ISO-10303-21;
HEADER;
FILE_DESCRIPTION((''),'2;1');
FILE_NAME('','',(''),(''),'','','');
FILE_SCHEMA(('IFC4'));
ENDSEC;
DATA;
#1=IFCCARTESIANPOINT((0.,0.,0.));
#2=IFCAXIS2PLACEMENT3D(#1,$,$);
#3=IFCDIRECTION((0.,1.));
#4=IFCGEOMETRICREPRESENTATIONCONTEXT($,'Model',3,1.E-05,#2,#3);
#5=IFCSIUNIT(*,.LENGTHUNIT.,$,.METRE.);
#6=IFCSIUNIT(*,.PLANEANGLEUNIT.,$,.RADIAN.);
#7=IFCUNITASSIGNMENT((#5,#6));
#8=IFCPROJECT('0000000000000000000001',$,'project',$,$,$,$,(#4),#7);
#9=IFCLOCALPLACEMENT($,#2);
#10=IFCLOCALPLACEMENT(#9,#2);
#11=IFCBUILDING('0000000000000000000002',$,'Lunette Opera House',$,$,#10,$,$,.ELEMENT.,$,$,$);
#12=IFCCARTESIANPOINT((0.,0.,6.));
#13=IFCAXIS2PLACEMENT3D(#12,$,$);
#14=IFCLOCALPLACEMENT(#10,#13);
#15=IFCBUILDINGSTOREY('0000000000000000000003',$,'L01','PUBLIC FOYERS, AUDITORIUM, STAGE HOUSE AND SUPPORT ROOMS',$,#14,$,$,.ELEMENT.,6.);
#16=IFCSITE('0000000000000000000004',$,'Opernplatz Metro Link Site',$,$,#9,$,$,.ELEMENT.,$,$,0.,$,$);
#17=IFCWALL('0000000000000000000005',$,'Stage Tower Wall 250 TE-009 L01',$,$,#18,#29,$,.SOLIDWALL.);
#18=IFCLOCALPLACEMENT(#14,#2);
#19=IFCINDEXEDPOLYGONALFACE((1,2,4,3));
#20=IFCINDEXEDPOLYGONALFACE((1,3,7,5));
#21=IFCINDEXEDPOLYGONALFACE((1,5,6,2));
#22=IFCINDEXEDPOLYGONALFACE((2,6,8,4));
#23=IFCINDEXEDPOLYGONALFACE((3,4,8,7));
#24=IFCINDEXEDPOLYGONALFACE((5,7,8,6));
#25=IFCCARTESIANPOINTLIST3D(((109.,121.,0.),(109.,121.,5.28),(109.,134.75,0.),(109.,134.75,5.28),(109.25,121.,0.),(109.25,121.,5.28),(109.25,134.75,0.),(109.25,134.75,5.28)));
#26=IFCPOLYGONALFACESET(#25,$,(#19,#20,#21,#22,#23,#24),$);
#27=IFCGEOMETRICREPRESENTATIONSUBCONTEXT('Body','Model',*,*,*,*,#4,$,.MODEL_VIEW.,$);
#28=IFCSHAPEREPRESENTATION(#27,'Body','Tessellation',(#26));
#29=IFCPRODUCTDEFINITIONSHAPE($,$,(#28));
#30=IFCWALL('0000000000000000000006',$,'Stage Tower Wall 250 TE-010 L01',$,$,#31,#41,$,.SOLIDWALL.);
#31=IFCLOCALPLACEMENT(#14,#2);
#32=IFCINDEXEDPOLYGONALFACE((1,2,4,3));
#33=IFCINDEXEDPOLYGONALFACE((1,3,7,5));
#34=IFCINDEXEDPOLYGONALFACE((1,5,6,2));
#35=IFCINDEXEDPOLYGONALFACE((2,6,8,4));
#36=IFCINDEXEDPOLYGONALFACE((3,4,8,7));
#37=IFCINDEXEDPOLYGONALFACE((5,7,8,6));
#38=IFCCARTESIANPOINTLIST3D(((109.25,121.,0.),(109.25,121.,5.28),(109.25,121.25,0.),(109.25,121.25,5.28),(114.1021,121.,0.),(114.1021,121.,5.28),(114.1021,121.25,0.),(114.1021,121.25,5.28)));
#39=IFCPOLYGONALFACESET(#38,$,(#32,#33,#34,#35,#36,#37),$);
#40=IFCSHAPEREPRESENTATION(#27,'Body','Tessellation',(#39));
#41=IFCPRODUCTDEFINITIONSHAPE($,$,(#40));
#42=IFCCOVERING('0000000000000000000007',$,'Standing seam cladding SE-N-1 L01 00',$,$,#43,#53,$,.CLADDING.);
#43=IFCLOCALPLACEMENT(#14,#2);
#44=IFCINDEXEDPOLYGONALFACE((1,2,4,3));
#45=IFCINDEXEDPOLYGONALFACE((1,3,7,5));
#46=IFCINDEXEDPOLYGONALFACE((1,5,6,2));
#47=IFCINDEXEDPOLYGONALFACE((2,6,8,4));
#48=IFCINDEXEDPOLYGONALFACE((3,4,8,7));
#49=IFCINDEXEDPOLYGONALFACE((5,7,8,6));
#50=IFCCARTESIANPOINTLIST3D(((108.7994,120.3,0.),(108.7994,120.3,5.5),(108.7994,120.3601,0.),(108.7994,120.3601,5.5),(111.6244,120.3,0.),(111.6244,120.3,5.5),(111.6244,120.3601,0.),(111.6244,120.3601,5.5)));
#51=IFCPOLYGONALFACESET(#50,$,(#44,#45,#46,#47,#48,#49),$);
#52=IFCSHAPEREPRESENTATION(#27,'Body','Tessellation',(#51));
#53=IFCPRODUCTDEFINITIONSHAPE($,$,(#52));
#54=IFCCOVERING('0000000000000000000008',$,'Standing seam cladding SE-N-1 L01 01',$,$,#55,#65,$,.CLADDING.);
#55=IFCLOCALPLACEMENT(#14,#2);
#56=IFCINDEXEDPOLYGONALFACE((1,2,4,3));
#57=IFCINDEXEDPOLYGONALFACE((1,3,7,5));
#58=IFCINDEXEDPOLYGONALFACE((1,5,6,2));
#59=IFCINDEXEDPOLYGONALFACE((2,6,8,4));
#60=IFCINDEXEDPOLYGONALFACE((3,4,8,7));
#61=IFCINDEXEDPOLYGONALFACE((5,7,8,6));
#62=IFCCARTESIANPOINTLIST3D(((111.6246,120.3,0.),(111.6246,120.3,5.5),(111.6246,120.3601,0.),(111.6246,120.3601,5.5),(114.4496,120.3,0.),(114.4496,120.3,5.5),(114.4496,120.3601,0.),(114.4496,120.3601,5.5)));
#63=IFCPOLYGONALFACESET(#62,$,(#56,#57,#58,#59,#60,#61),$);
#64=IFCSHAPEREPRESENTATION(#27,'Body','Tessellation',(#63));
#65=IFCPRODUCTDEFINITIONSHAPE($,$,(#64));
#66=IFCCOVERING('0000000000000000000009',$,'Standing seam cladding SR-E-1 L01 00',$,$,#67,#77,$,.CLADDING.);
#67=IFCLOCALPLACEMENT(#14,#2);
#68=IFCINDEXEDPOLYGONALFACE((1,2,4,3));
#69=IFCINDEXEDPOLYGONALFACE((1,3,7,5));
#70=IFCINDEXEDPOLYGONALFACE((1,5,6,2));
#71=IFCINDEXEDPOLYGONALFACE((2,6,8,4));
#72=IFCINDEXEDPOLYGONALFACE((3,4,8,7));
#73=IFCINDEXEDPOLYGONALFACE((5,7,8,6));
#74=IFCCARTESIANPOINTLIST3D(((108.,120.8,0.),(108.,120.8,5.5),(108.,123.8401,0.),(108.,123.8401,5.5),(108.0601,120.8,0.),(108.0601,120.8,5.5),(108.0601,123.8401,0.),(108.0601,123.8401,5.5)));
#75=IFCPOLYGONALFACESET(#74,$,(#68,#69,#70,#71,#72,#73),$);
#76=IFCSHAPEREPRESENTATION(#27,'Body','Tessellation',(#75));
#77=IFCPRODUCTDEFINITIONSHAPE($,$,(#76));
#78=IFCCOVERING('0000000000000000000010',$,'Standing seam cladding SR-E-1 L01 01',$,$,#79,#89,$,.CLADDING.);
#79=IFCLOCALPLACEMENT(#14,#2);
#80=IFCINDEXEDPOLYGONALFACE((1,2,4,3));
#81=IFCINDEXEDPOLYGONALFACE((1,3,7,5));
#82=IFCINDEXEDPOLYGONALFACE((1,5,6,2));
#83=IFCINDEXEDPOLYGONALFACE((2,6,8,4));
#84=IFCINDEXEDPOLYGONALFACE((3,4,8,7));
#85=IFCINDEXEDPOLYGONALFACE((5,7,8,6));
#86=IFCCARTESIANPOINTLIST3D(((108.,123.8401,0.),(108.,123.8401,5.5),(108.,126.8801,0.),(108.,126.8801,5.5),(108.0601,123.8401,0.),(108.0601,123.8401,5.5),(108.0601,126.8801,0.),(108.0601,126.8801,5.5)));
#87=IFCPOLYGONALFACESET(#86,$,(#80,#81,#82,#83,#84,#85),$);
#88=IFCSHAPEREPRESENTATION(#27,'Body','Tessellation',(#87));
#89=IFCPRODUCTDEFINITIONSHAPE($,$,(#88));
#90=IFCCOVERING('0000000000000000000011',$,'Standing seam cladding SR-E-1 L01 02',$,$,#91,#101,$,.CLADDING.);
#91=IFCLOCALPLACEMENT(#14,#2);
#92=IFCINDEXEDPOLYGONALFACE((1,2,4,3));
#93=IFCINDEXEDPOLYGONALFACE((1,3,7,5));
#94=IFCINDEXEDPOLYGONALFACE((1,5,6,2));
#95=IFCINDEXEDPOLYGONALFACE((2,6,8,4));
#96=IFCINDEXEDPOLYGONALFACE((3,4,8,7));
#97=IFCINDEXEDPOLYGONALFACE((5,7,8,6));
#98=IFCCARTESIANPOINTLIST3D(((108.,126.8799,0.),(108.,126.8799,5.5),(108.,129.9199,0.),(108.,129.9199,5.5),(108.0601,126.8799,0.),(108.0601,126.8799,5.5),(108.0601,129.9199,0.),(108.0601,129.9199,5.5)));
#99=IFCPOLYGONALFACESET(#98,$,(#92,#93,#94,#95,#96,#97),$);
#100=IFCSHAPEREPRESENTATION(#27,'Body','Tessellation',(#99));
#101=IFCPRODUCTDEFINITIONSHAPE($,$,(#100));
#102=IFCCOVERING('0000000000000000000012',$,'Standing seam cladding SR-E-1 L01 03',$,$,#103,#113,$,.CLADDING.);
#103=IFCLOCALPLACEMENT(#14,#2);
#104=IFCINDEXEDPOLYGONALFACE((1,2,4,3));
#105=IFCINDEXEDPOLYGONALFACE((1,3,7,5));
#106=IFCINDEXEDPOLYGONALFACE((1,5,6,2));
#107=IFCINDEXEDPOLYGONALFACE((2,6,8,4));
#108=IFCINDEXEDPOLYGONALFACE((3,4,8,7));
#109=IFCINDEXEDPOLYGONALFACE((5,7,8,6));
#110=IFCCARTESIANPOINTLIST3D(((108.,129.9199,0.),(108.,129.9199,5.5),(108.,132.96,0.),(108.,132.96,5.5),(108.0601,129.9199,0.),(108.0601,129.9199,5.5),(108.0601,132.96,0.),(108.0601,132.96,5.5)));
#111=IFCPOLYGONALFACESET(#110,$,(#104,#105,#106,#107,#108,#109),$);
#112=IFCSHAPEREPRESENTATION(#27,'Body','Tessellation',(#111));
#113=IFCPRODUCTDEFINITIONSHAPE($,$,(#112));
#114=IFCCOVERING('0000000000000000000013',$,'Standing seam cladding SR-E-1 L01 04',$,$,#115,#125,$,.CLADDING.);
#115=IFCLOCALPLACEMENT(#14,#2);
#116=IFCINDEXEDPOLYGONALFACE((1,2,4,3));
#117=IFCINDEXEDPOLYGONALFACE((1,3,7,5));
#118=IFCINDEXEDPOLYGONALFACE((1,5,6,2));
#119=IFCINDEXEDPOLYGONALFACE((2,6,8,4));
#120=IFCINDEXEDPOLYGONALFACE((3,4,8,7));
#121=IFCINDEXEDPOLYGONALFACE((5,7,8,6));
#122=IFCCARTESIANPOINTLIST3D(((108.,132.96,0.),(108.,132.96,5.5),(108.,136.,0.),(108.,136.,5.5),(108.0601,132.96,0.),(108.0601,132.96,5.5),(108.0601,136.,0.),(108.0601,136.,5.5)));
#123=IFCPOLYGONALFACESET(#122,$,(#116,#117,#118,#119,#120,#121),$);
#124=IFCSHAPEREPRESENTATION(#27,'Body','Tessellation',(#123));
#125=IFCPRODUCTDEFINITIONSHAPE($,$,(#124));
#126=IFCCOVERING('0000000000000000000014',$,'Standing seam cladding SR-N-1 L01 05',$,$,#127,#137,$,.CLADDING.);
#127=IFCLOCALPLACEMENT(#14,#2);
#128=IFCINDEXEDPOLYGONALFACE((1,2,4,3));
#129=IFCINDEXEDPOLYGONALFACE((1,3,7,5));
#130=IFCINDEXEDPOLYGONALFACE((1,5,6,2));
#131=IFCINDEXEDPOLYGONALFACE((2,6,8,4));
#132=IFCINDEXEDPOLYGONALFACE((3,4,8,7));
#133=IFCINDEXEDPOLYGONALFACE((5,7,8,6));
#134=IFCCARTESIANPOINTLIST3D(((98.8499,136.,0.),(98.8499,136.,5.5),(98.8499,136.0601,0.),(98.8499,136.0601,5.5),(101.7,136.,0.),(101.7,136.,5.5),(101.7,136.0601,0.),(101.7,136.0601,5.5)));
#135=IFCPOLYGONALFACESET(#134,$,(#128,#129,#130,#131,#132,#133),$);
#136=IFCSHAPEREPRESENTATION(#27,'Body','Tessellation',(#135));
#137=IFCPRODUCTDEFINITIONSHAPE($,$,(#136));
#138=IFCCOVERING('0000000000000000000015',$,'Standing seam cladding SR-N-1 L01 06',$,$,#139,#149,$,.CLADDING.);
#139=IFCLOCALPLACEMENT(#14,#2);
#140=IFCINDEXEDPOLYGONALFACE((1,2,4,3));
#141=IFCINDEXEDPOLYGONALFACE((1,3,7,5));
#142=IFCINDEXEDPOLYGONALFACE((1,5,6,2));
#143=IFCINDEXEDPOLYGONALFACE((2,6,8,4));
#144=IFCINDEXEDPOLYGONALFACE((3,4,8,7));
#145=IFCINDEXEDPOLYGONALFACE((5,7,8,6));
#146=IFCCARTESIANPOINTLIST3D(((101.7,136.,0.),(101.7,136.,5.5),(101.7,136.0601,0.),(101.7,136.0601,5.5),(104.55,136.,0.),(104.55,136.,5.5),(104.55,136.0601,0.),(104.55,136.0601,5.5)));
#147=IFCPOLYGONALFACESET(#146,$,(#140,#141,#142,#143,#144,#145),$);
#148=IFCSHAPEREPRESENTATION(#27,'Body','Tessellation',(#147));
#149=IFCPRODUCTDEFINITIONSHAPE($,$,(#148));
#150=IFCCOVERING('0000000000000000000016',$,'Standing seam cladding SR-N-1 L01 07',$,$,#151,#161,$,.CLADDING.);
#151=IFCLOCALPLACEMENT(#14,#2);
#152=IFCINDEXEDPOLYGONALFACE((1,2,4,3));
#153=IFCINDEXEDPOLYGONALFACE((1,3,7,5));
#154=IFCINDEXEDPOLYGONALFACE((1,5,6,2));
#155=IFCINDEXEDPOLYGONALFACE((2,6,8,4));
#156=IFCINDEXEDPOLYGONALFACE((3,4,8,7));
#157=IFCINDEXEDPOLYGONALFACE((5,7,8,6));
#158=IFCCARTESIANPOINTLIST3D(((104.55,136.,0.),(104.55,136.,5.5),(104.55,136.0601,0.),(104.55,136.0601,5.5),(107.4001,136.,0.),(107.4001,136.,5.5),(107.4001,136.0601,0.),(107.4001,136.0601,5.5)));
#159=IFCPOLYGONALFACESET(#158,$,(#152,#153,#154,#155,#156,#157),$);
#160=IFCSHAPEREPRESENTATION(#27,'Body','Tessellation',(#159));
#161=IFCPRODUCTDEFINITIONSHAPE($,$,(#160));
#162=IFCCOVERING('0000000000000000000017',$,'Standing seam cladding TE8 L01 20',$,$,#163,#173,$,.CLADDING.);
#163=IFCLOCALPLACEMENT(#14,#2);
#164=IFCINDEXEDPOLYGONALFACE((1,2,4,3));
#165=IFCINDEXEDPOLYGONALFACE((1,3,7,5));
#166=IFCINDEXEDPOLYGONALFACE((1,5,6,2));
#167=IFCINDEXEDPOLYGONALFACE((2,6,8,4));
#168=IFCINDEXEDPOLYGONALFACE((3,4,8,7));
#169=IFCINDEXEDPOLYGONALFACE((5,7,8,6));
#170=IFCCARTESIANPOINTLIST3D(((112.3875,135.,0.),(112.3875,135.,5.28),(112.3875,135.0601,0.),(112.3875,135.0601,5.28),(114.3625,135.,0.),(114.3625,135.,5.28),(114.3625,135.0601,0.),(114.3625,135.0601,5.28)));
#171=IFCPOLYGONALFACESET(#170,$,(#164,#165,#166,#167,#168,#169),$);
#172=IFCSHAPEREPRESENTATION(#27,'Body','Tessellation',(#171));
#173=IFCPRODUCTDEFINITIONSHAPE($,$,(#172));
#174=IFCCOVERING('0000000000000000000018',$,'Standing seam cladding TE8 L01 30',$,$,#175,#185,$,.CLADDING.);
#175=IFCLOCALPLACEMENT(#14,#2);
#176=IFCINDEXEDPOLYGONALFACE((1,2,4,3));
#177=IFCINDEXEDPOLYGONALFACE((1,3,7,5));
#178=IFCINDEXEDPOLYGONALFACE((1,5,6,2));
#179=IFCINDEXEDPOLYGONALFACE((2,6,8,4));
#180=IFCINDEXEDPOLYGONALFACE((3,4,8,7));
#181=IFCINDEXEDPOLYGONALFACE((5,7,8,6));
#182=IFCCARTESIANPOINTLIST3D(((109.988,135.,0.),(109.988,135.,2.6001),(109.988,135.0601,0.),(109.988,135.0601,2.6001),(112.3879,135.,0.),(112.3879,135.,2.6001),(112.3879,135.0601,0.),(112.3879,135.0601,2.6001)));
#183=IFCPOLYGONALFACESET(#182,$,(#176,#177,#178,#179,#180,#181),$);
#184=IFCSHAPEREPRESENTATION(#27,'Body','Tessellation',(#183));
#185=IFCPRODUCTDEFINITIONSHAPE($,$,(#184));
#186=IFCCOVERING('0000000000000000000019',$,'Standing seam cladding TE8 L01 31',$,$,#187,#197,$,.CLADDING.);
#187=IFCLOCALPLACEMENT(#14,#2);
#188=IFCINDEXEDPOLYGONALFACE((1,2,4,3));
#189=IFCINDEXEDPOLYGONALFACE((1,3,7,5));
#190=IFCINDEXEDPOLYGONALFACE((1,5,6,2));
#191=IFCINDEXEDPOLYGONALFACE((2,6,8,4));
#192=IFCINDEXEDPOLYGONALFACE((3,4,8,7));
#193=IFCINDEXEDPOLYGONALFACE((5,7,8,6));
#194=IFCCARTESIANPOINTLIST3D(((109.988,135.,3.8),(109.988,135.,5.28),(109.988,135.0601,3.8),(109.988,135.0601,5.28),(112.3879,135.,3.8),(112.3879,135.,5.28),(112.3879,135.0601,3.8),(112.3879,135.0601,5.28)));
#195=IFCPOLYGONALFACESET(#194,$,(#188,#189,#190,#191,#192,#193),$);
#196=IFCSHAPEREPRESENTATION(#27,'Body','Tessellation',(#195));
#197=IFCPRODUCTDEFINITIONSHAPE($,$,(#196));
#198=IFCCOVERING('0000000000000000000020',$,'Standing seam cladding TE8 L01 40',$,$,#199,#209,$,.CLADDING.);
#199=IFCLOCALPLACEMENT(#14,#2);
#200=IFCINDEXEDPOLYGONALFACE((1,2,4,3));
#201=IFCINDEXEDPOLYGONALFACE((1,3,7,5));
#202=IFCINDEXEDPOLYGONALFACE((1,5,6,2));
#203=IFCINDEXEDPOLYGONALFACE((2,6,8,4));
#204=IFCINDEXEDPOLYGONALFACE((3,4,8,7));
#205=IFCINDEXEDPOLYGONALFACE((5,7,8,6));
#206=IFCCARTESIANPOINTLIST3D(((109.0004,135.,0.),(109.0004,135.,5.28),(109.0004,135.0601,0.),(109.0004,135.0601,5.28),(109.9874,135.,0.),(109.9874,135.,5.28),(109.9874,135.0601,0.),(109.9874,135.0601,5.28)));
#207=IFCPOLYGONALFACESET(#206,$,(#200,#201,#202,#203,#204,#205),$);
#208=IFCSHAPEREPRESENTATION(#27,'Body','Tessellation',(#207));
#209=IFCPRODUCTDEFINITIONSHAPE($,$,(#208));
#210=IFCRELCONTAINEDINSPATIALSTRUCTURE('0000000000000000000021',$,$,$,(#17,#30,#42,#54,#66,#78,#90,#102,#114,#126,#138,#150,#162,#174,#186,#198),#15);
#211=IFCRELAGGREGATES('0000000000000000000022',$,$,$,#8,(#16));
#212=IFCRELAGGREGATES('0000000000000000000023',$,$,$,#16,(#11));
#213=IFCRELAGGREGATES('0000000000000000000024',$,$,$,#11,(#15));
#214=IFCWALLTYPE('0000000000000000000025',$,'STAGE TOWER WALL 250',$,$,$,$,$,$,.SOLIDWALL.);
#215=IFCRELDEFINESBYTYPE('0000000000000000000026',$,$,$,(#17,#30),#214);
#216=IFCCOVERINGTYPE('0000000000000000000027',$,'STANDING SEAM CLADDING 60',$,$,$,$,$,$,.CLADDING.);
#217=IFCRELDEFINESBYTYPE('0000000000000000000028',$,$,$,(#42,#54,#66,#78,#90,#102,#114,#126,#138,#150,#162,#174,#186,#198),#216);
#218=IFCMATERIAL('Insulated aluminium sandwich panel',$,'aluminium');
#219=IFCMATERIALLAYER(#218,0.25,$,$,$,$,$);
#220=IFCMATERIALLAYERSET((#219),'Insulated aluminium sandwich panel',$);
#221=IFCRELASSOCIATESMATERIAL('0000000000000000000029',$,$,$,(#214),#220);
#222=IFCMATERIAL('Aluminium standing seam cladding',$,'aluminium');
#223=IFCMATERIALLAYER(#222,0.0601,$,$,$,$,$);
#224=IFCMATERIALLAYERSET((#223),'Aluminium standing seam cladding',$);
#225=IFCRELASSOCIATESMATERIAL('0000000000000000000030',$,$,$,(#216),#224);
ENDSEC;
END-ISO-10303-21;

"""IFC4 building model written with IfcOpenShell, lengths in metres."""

from ifc_helpers import new_model, si_unit, direction, frame, frame_2d, origin, origin_2d, place, context, subcontext, project, spatial, rectangle, extrude, material, layer, layer_set, type_object, element, save


model = new_model("IFC4")

# Units and contexts
model_context = context("Model", 3, precision=1e-05, world=origin(), true_north=direction((0.0, 1.0)))
body_context = subcontext(model_context, "Body", "Model", "MODEL_VIEW")
ifc_project = project(units=[si_unit("LENGTHUNIT", "METRE"), si_unit("PLANEANGLEUNIT", "RADIAN")], contexts=[model_context])

# Site, building, storey
site_placement = place(None, origin())
site = spatial("IfcSite", under=ifc_project, at=site_placement, Name="Opernplatz Metro Link Site", CompositionType="ELEMENT", RefElevation=0.0)
building_placement = place(site_placement, origin())
building = spatial("IfcBuilding", under=site, at=building_placement, Name="Lunette Opera House", CompositionType="ELEMENT")
storey_placement = place(building_placement, frame((0.0, 0.0, 6.0)))
storey = spatial("IfcBuildingStorey", under=building, at=storey_placement, Name="L01", Description="PUBLIC FOYERS, AUDITORIUM, STAGE HOUSE AND SUPPORT ROOMS", CompositionType="ELEMENT", Elevation=6.0)

# Walls
ifc_material_1 = material(Name="Insulated aluminium sandwich panel", Category="aluminium")
ifc_layer_1 = layer(ifc_material_1, 0.25)
ifc_layer_set_1 = layer_set([ifc_layer_1], Name="Insulated aluminium sandwich panel")
wall_type_1 = type_object("IfcWallType", Name="STAGE TOWER WALL 250", PredefinedType="SOLIDWALL", material=ifc_layer_set_1)
wall_1_placement = place(storey_placement, frame((109.125, 134.75, 0.0), z_axis=(0.0, 0.0, 1.0), x_axis=(0.0, -1.0, 0.0)))
element("IfcWall", 1, at=wall_1_placement, inside=storey, type_object=wall_type_1, Name="Stage Tower Wall 250 TE-009 L01", PredefinedType="SOLIDWALL", context=body_context, shape_type="SweptSolid", body=[
    extrude(rectangle(XDim=13.75, YDim=0.25, at=frame_2d((6.875, 0.0))), origin(), (0.0, 0.0, 1.0), 5.28),
])
wall_2_placement = place(storey_placement, frame((109.25, 121.125, 0.0), z_axis=(0.0, 0.0, 1.0), x_axis=(1.0, 0.0, 0.0)))
element("IfcWall", 2, at=wall_2_placement, inside=storey, type_object=wall_type_1, Name="Stage Tower Wall 250 TE-010 L01", PredefinedType="SOLIDWALL", context=body_context, shape_type="SweptSolid", body=[
    extrude(rectangle(XDim=4.8521, YDim=0.25, at=frame_2d((2.426, 0.0))), origin(), (0.0, 0.0, 1.0), 5.28),
])

# Coverings
ifc_material_2 = material(Name="Aluminium standing seam cladding", Category="aluminium")
ifc_layer_2 = layer(ifc_material_2, 0.0601)
ifc_layer_set_2 = layer_set([ifc_layer_2], Name="Aluminium standing seam cladding")
covering_type = type_object("IfcCoveringType", Name="STANDING SEAM CLADDING 60", PredefinedType="CLADDING", material=ifc_layer_set_2)
for number, where, z_axis, x_axis, name in (
    (3, (110.2119, 120.3301, 0.0), (0.0, 0.0, 1.0), (1.0, 0.0, 0.0), "Standing seam cladding SE-N-1 L01 00"),
    (4, (113.0371, 120.3301, 0.0), (0.0, 0.0, 1.0), (1.0, 0.0, 0.0), "Standing seam cladding SE-N-1 L01 01"),
):
    element("IfcCovering", number, at=place(storey_placement, frame(where, z_axis=z_axis, x_axis=x_axis)), inside=storey, type_object=covering_type, Name=name, PredefinedType="CLADDING", context=body_context, shape_type="SweptSolid", body=[
        extrude(rectangle(XDim=2.825, YDim=0.0601, at=origin_2d()), origin(), (0.0, 0.0, 1.0), 5.5),
    ])
for number, where, z_axis, x_axis, name in (
    (5, (108.03, 122.3201, 0.0), (0.0, 0.0, 1.0), (0.0, 1.0, 0.0), "Standing seam cladding SR-E-1 L01 00"),
    (6, (108.03, 125.3601, 0.0), (0.0, 0.0, 1.0), (0.0, 1.0, 0.0), "Standing seam cladding SR-E-1 L01 01"),
    (7, (108.03, 128.3999, 0.0), (0.0, 0.0, 1.0), (0.0, 1.0, 0.0), "Standing seam cladding SR-E-1 L01 02"),
    (8, (108.03, 131.4399, 0.0), (0.0, 0.0, 1.0), (0.0, 1.0, 0.0), "Standing seam cladding SR-E-1 L01 03"),
    (9, (108.03, 134.48, 0.0), (0.0, 0.0, 1.0), (0.0, 1.0, 0.0), "Standing seam cladding SR-E-1 L01 04"),
):
    element("IfcCovering", number, at=place(storey_placement, frame(where, z_axis=z_axis, x_axis=x_axis)), inside=storey, type_object=covering_type, Name=name, PredefinedType="CLADDING", context=body_context, shape_type="SweptSolid", body=[
        extrude(rectangle(XDim=3.04, YDim=0.0601, at=origin_2d()), origin(), (0.0, 0.0, 1.0), 5.5),
    ])
for number, where, z_axis, x_axis, name in (
    (10, (100.2749, 136.03, 0.0), (0.0, 0.0, 1.0), (1.0, 0.0, 0.0), "Standing seam cladding SR-N-1 L01 05"),
    (11, (103.125, 136.03, 0.0), (0.0, 0.0, 1.0), (1.0, 0.0, 0.0), "Standing seam cladding SR-N-1 L01 06"),
    (12, (105.9751, 136.03, 0.0), (0.0, 0.0, 1.0), (1.0, 0.0, 0.0), "Standing seam cladding SR-N-1 L01 07"),
):
    element("IfcCovering", number, at=place(storey_placement, frame(where, z_axis=z_axis, x_axis=x_axis)), inside=storey, type_object=covering_type, Name=name, PredefinedType="CLADDING", context=body_context, shape_type="SweptSolid", body=[
        extrude(rectangle(XDim=2.8501, YDim=0.0601, at=origin_2d()), origin(), (0.0, 0.0, 1.0), 5.5),
    ])
covering_1_placement = place(storey_placement, frame((113.375, 135.03, 0.0), z_axis=(0.0, 0.0, 1.0), x_axis=(-1.0, 0.0, 0.0)))
element("IfcCovering", 13, at=covering_1_placement, inside=storey, type_object=covering_type, Name="Standing seam cladding TE8 L01 20", PredefinedType="CLADDING", context=body_context, shape_type="SweptSolid", body=[
    extrude(rectangle(XDim=1.9751, YDim=0.0601, at=origin_2d()), origin(), (0.0, 0.0, 1.0), 5.28),
])
covering_2_placement = place(storey_placement, frame((111.188, 135.03, 0.0), z_axis=(0.0, 0.0, 1.0), x_axis=(-1.0, 0.0, 0.0)))
element("IfcCovering", 14, at=covering_2_placement, inside=storey, type_object=covering_type, Name="Standing seam cladding TE8 L01 30", PredefinedType="CLADDING", context=body_context, shape_type="SweptSolid", body=[
    extrude(rectangle(XDim=2.3999, YDim=0.0601, at=origin_2d()), origin(), (0.0, 0.0, 1.0), 2.6001),
])
covering_3_placement = place(storey_placement, frame((111.188, 135.03, 3.8), z_axis=(0.0, 0.0, 1.0), x_axis=(-1.0, 0.0, 0.0)))
element("IfcCovering", 15, at=covering_3_placement, inside=storey, type_object=covering_type, Name="Standing seam cladding TE8 L01 31", PredefinedType="CLADDING", context=body_context, shape_type="SweptSolid", body=[
    extrude(rectangle(XDim=2.3999, YDim=0.0601, at=origin_2d()), origin(), (0.0, 0.0, 1.0), 1.48),
])
covering_4_placement = place(storey_placement, frame((109.4939, 135.03, 0.0), z_axis=(0.0, 0.0, 1.0), x_axis=(-1.0, 0.0, 0.0)))
element("IfcCovering", 16, at=covering_4_placement, inside=storey, type_object=covering_type, Name="Standing seam cladding TE8 L01 40", PredefinedType="CLADDING", context=body_context, shape_type="SweptSolid", body=[
    extrude(rectangle(XDim=0.9871, YDim=0.0601, at=origin_2d()), origin(), (0.0, 0.0, 1.0), 5.28),
])

save(model, "model.ifc")
